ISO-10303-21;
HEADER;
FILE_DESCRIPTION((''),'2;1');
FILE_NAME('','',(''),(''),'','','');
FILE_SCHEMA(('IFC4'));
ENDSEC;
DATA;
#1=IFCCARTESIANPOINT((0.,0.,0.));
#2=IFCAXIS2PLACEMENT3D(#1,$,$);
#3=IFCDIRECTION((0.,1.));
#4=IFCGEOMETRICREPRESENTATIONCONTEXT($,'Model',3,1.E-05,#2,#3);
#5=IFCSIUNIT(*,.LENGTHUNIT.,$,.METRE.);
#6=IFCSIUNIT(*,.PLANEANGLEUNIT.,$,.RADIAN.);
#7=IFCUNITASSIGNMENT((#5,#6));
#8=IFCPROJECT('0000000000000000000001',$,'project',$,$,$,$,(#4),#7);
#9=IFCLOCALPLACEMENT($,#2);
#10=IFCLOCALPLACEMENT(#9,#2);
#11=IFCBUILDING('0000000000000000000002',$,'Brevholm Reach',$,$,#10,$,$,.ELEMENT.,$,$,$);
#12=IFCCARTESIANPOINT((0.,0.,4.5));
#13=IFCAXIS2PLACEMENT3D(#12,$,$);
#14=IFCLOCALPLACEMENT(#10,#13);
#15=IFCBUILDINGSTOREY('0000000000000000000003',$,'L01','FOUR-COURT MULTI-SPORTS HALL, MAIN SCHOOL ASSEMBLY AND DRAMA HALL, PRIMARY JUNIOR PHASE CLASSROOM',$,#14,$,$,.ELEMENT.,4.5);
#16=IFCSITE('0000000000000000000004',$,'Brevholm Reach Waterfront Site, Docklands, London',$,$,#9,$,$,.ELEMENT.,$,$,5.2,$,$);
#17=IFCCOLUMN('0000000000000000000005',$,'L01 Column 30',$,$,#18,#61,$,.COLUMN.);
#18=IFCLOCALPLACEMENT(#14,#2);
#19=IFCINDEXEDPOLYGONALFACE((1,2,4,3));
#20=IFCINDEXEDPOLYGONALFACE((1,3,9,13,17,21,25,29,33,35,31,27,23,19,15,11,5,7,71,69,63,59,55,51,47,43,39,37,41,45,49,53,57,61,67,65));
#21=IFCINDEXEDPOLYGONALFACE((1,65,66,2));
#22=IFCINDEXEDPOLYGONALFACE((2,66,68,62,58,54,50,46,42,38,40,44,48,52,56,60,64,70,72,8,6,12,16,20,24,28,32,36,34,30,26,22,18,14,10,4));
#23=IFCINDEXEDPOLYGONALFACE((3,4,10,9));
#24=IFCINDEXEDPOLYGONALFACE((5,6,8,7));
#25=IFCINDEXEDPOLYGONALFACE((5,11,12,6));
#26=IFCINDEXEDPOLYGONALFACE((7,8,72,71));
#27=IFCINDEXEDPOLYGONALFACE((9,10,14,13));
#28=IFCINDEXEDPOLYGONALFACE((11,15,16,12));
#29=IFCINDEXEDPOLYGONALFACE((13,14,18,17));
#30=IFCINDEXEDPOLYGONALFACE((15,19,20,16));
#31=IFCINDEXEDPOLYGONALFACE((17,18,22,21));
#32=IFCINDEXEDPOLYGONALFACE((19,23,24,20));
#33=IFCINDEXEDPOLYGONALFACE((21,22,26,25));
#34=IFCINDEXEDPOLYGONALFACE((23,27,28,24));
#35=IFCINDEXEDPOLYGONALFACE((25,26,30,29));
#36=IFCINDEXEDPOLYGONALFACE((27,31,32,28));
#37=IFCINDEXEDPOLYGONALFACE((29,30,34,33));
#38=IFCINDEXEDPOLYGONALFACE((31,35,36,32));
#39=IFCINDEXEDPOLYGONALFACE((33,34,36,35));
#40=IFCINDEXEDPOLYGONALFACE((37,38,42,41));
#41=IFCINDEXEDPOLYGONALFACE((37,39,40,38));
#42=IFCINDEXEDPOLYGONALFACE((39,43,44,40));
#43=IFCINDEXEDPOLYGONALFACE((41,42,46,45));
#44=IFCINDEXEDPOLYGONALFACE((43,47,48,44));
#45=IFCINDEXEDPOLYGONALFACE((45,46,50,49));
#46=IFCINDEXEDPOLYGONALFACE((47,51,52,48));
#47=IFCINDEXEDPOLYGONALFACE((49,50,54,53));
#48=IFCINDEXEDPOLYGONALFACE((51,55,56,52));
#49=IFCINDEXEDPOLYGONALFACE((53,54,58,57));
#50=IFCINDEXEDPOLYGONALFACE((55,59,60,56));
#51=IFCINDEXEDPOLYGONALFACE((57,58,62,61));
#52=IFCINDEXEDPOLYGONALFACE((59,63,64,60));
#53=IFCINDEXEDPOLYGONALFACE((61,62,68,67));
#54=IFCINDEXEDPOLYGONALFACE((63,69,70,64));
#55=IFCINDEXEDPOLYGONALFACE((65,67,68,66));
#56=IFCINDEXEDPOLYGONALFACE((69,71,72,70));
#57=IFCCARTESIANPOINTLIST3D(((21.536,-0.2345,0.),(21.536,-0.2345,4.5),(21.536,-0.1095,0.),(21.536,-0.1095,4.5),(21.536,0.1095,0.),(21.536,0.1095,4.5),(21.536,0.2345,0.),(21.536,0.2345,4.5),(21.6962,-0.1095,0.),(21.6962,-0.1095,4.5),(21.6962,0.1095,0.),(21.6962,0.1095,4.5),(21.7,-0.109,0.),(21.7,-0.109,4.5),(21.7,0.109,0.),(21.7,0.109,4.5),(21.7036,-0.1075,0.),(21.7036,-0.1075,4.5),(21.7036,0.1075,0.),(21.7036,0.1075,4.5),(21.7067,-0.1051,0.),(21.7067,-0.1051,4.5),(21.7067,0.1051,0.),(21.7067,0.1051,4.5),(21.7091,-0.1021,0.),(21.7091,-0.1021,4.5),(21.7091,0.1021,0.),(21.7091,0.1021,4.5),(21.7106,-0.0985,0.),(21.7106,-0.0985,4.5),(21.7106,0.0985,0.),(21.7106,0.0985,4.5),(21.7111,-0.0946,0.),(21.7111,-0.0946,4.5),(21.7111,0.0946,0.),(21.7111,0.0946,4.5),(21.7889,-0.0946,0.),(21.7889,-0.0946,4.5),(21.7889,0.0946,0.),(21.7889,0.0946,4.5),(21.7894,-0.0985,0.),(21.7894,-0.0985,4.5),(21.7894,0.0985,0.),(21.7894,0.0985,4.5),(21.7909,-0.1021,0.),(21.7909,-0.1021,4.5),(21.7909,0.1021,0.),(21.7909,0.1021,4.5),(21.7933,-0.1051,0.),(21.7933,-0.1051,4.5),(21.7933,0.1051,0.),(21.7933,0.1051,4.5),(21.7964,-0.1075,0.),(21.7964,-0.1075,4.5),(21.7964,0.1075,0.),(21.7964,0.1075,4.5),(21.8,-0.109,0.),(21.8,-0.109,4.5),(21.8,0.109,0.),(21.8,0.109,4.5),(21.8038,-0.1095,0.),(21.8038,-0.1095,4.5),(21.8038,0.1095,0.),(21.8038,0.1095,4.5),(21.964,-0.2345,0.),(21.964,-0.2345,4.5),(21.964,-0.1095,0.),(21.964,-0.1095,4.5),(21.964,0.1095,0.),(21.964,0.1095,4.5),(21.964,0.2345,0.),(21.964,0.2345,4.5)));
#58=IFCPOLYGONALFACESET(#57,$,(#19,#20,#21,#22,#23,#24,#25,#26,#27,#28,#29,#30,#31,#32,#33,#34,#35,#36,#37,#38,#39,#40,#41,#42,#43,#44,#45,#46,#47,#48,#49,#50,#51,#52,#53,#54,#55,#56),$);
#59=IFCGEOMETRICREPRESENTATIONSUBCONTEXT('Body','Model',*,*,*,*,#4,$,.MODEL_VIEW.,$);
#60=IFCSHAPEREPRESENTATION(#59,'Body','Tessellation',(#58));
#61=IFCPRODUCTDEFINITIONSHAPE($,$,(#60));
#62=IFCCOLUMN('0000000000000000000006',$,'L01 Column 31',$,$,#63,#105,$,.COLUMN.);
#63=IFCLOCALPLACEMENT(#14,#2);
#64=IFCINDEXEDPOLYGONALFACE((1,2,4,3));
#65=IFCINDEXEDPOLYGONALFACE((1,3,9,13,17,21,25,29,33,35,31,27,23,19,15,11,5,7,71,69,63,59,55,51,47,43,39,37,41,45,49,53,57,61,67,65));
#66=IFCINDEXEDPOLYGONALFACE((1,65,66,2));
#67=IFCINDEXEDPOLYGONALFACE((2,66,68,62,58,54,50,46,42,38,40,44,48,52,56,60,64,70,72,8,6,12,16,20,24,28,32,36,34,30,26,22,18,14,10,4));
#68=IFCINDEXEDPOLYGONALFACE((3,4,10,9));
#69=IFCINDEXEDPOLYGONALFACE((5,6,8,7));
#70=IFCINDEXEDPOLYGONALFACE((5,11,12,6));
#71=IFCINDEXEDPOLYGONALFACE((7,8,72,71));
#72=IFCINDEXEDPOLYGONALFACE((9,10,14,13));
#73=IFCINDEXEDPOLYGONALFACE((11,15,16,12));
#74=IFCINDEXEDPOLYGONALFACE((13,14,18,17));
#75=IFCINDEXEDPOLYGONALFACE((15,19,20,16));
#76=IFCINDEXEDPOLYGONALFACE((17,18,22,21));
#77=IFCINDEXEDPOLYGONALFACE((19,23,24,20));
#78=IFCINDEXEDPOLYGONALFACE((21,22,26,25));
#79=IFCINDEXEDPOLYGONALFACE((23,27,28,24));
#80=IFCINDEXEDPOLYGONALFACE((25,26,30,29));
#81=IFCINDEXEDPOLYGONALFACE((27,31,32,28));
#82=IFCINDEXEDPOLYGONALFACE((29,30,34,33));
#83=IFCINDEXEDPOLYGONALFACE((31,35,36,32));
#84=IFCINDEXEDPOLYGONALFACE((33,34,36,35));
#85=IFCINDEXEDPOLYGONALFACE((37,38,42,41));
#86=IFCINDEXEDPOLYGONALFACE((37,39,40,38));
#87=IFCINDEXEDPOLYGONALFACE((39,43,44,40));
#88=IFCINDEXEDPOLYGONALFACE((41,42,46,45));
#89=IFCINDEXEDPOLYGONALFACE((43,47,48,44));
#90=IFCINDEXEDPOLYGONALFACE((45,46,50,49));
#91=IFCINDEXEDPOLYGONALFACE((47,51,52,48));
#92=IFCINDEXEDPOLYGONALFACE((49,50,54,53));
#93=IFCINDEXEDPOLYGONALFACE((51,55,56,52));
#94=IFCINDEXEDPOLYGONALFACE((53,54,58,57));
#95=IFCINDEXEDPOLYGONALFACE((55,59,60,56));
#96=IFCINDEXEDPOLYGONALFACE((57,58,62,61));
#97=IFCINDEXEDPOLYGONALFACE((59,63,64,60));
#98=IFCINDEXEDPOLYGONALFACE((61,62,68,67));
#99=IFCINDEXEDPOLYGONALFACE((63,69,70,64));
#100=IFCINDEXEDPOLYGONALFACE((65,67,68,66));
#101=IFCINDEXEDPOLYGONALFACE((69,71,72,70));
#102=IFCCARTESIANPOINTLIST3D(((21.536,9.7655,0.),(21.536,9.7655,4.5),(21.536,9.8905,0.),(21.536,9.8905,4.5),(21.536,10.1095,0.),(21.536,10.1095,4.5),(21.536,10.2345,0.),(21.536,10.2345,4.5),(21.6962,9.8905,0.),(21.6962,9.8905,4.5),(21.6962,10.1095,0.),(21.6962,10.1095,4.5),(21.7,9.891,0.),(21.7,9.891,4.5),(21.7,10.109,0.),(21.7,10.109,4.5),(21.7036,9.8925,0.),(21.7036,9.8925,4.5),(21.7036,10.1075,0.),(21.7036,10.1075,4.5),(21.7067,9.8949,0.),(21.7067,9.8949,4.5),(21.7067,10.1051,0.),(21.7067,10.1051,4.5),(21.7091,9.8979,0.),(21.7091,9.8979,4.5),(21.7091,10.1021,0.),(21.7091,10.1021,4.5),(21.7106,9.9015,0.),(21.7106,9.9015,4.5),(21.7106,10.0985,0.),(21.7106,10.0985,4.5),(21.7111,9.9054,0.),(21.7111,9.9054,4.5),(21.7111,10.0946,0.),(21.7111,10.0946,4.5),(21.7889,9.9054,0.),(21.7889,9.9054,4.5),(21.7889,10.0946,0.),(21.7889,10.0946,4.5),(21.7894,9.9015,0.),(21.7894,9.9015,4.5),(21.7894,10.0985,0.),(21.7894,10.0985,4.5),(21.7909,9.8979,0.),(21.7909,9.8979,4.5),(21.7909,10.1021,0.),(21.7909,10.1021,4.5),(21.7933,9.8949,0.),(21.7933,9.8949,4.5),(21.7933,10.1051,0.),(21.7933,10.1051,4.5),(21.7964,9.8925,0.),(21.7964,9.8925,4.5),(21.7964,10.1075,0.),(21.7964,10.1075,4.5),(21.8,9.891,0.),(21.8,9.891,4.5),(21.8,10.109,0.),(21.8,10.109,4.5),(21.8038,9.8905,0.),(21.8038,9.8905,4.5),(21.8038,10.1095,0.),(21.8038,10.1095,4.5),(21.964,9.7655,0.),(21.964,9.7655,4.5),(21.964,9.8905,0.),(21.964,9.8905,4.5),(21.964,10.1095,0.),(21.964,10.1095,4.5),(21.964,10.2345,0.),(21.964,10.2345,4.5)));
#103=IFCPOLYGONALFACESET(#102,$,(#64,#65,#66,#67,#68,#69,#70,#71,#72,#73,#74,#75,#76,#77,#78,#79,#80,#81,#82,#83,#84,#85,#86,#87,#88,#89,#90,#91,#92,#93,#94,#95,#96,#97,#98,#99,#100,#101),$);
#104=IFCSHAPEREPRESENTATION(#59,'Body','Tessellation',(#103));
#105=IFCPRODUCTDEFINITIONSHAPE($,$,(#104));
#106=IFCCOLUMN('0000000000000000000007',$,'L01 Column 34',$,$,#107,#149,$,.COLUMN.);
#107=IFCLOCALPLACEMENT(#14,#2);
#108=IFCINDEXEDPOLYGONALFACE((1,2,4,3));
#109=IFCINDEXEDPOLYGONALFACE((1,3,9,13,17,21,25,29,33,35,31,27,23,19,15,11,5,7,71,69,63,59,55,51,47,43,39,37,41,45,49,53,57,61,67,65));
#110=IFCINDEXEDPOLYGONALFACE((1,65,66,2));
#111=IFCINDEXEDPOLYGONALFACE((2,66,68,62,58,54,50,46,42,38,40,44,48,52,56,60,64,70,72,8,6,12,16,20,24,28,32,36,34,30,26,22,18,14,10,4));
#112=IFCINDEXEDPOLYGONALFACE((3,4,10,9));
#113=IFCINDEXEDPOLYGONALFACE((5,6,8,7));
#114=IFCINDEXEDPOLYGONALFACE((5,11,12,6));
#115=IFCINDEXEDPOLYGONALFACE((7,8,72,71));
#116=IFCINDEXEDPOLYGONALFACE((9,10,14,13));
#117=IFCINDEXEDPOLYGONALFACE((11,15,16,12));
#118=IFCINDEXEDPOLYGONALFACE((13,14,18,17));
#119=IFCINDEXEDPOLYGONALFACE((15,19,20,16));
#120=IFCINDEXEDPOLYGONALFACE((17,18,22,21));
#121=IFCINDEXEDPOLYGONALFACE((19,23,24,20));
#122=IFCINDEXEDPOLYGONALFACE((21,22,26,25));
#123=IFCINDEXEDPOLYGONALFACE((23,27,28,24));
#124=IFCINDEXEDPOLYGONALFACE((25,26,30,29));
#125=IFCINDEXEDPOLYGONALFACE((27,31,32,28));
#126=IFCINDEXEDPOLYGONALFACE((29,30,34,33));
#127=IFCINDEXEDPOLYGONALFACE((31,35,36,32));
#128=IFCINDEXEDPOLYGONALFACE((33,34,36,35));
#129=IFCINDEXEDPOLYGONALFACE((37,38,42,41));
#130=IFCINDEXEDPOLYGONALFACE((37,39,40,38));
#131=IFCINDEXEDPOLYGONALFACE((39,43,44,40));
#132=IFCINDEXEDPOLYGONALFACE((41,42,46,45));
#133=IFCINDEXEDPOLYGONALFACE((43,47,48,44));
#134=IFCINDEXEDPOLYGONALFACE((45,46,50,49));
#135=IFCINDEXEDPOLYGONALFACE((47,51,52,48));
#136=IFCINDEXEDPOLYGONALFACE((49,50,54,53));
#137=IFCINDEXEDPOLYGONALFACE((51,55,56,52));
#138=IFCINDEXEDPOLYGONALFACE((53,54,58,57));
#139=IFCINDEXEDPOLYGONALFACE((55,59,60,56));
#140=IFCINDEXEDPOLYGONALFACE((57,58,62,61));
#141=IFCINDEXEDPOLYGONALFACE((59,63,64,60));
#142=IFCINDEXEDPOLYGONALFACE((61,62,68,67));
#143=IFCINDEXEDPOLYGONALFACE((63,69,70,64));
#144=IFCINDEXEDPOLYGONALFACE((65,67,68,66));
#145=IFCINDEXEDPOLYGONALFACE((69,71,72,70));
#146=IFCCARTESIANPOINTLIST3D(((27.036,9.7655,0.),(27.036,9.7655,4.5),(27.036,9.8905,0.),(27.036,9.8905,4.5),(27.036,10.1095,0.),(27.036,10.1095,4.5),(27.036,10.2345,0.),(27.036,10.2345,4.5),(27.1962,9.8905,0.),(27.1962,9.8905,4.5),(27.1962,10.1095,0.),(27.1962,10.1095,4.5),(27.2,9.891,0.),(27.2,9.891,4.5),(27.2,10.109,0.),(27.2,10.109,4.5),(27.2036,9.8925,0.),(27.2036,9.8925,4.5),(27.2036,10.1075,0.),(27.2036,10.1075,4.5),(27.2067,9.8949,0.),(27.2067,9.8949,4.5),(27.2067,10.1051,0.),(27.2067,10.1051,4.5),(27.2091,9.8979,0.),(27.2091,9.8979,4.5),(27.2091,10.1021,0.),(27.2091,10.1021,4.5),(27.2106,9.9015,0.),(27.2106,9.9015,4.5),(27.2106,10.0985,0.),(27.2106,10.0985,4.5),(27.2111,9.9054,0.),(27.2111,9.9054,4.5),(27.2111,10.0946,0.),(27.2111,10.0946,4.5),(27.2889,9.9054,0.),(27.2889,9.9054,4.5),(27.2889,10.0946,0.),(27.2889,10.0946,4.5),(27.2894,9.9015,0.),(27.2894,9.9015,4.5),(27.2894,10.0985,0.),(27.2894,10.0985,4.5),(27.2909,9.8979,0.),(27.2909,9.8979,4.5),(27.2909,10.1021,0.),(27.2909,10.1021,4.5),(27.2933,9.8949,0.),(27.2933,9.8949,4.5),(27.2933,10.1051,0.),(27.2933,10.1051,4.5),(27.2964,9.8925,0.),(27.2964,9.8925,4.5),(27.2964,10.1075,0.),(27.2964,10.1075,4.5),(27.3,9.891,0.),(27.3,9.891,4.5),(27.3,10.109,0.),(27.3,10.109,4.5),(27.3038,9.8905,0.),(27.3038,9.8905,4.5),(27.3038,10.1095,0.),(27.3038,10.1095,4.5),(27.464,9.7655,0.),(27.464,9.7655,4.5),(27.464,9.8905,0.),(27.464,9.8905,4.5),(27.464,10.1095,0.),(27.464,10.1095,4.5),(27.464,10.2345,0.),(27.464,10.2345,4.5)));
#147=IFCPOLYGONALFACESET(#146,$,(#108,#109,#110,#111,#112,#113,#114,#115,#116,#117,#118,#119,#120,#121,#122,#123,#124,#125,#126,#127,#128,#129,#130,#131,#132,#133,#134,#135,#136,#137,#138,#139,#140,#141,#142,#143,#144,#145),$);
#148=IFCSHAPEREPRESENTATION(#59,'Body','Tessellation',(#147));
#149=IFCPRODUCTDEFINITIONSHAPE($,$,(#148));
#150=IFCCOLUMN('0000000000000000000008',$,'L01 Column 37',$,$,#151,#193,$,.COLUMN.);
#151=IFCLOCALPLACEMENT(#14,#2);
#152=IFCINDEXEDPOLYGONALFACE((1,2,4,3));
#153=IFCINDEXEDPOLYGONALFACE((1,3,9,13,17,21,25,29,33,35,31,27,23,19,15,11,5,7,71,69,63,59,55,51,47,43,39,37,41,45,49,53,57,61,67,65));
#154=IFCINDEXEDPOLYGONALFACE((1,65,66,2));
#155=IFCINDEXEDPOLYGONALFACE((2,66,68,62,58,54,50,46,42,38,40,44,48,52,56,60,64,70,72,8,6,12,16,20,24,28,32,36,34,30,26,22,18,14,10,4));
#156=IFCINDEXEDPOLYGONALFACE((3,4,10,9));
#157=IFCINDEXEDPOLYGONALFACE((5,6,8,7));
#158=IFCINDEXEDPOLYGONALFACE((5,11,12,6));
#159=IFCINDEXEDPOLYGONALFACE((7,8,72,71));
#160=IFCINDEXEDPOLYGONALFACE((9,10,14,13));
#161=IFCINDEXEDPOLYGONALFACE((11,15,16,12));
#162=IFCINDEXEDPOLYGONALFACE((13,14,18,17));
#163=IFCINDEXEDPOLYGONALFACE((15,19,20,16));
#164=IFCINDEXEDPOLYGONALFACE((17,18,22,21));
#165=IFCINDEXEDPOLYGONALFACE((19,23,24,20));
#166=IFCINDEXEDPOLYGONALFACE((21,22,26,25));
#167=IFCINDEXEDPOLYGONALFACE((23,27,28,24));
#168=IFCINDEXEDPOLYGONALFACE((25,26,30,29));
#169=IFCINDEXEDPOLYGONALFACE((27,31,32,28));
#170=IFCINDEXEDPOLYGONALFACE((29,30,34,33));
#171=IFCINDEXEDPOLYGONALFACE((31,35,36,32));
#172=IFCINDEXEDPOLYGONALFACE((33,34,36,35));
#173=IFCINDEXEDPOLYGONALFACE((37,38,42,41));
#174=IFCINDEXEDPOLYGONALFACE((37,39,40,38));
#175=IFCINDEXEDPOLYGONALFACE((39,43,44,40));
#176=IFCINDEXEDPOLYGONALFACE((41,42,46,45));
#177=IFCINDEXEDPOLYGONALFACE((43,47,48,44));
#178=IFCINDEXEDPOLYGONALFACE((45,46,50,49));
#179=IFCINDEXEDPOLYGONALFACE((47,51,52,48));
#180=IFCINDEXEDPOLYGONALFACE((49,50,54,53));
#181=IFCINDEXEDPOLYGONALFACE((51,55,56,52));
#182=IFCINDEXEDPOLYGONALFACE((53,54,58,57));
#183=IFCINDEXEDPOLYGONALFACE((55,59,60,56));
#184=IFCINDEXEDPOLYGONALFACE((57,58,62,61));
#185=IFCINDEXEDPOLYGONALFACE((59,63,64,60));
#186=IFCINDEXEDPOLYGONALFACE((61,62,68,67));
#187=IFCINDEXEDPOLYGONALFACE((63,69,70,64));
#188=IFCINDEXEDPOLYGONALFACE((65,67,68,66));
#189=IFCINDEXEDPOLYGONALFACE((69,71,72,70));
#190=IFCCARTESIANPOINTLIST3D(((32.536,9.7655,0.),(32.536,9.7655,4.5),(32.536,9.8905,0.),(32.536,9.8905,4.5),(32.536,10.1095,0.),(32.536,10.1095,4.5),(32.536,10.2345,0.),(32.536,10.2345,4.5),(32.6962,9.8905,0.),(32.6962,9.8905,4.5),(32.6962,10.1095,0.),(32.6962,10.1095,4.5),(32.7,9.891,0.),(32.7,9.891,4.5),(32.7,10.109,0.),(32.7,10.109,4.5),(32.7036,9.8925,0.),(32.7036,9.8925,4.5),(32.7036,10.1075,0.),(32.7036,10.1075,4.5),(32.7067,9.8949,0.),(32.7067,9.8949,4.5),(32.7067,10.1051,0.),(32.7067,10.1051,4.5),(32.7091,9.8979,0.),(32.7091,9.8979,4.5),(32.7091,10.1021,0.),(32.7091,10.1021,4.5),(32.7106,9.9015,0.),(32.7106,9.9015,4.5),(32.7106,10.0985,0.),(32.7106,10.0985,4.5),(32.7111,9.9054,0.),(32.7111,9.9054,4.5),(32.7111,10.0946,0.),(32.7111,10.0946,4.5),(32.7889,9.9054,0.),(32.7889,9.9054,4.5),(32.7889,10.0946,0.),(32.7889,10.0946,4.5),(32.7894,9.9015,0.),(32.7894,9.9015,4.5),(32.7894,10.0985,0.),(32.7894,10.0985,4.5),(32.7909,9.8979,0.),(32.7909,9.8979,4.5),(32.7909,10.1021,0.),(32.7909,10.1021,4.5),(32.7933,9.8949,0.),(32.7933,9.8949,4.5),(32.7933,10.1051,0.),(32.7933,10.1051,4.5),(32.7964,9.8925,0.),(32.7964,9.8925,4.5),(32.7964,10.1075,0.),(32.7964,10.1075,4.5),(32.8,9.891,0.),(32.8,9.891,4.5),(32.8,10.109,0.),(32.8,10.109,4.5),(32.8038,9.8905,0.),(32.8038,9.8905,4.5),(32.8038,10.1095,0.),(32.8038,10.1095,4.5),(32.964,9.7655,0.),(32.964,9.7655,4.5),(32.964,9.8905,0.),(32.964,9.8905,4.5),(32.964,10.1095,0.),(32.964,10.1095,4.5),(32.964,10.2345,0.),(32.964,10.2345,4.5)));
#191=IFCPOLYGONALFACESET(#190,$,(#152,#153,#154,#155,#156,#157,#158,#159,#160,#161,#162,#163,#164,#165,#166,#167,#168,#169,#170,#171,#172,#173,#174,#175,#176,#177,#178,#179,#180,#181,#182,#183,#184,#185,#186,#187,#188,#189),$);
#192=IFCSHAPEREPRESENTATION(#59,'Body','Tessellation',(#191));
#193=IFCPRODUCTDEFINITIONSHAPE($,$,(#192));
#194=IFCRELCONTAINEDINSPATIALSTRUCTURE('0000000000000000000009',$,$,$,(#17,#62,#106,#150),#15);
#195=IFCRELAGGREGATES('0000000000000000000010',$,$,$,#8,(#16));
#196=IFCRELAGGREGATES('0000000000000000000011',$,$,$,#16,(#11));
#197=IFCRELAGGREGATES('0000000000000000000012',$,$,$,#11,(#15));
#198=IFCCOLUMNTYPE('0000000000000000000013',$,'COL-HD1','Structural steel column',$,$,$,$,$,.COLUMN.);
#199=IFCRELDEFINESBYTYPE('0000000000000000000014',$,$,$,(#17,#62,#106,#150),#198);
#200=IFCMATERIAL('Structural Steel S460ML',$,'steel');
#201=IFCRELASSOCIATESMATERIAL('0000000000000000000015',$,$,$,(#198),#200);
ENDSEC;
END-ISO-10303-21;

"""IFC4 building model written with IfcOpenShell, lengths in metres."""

from ifc_helpers import new_model, si_unit, direction, frame, origin, origin_2d, place, context, subcontext, project, spatial, i_section, extrude, material, material_profile, profile_set, type_object, element, save


model = new_model("IFC4")

# Units and contexts
model_context = context("Model", 3, precision=1e-05, world=origin(), true_north=direction((0.0, 1.0)))
body_context = subcontext(model_context, "Body", "Model", "MODEL_VIEW")
ifc_project = project(units=[si_unit("LENGTHUNIT", "METRE"), si_unit("PLANEANGLEUNIT", "RADIAN")], contexts=[model_context])

# Site, building, storey
site_placement = place(None, origin())
site = spatial("IfcSite", under=ifc_project, at=site_placement, Name="Brevholm Reach Waterfront Site, Docklands, London", CompositionType="ELEMENT", RefElevation=5.2)
building_placement = place(site_placement, origin())
building = spatial("IfcBuilding", under=site, at=building_placement, Name="Brevholm Reach", CompositionType="ELEMENT")
storey_placement = place(building_placement, frame((0.0, 0.0, 4.5)))
storey = spatial("IfcBuildingStorey", under=building, at=storey_placement, Name="L01", Description="FOUR-COURT MULTI-SPORTS HALL, MAIN SCHOOL ASSEMBLY AND DRAMA HALL, PRIMARY JUNIOR PHASE CLASSROOM", CompositionType="ELEMENT", Elevation=4.5)

# Columns
ifc_material_1 = material(Name="Structural Steel S460ML", Category="steel")
ifc_material_profile_1 = material_profile(ifc_material_1, i_section(OverallWidth=0.428, OverallDepth=0.469, WebThickness=0.0779, FlangeThickness=0.125, FilletRadius=0.0149, at=origin_2d()), Name="HD 400x1086")
ifc_profile_set_1 = profile_set([ifc_material_profile_1], Name="Structural Steel S460ML")
column_type = type_object("IfcColumnType", Name="COL-HD1", Description="Structural steel column", PredefinedType="COLUMN", material=ifc_profile_set_1)
for number, where, z_axis, x_axis, name in (
    (1, (21.75, 0.0, 0.0), (0.0, 0.0, 1.0), (1.0, 0.0, 0.0), "L01 Column 30"),
    (2, (21.75, 10.0, 0.0), (0.0, 0.0, 1.0), (1.0, 0.0, 0.0), "L01 Column 31"),
    (3, (27.25, 10.0, 0.0), (0.0, 0.0, 1.0), (1.0, 0.0, 0.0), "L01 Column 34"),
    (4, (32.75, 10.0, 0.0), (0.0, 0.0, 1.0), (1.0, 0.0, 0.0), "L01 Column 37"),
):
    element("IfcColumn", number, at=place(storey_placement, frame(where, z_axis=z_axis, x_axis=x_axis)), inside=storey, type_object=column_type, Name=name, PredefinedType="COLUMN", context=body_context, shape_type="SweptSolid", body=[
        extrude(i_section(OverallWidth=0.428, OverallDepth=0.469, WebThickness=0.0779, FlangeThickness=0.125, FilletRadius=0.0149, at=origin_2d()), origin(), (0.0, 0.0, 1.0), 4.5),
    ])

save(model, "model.ifc")
